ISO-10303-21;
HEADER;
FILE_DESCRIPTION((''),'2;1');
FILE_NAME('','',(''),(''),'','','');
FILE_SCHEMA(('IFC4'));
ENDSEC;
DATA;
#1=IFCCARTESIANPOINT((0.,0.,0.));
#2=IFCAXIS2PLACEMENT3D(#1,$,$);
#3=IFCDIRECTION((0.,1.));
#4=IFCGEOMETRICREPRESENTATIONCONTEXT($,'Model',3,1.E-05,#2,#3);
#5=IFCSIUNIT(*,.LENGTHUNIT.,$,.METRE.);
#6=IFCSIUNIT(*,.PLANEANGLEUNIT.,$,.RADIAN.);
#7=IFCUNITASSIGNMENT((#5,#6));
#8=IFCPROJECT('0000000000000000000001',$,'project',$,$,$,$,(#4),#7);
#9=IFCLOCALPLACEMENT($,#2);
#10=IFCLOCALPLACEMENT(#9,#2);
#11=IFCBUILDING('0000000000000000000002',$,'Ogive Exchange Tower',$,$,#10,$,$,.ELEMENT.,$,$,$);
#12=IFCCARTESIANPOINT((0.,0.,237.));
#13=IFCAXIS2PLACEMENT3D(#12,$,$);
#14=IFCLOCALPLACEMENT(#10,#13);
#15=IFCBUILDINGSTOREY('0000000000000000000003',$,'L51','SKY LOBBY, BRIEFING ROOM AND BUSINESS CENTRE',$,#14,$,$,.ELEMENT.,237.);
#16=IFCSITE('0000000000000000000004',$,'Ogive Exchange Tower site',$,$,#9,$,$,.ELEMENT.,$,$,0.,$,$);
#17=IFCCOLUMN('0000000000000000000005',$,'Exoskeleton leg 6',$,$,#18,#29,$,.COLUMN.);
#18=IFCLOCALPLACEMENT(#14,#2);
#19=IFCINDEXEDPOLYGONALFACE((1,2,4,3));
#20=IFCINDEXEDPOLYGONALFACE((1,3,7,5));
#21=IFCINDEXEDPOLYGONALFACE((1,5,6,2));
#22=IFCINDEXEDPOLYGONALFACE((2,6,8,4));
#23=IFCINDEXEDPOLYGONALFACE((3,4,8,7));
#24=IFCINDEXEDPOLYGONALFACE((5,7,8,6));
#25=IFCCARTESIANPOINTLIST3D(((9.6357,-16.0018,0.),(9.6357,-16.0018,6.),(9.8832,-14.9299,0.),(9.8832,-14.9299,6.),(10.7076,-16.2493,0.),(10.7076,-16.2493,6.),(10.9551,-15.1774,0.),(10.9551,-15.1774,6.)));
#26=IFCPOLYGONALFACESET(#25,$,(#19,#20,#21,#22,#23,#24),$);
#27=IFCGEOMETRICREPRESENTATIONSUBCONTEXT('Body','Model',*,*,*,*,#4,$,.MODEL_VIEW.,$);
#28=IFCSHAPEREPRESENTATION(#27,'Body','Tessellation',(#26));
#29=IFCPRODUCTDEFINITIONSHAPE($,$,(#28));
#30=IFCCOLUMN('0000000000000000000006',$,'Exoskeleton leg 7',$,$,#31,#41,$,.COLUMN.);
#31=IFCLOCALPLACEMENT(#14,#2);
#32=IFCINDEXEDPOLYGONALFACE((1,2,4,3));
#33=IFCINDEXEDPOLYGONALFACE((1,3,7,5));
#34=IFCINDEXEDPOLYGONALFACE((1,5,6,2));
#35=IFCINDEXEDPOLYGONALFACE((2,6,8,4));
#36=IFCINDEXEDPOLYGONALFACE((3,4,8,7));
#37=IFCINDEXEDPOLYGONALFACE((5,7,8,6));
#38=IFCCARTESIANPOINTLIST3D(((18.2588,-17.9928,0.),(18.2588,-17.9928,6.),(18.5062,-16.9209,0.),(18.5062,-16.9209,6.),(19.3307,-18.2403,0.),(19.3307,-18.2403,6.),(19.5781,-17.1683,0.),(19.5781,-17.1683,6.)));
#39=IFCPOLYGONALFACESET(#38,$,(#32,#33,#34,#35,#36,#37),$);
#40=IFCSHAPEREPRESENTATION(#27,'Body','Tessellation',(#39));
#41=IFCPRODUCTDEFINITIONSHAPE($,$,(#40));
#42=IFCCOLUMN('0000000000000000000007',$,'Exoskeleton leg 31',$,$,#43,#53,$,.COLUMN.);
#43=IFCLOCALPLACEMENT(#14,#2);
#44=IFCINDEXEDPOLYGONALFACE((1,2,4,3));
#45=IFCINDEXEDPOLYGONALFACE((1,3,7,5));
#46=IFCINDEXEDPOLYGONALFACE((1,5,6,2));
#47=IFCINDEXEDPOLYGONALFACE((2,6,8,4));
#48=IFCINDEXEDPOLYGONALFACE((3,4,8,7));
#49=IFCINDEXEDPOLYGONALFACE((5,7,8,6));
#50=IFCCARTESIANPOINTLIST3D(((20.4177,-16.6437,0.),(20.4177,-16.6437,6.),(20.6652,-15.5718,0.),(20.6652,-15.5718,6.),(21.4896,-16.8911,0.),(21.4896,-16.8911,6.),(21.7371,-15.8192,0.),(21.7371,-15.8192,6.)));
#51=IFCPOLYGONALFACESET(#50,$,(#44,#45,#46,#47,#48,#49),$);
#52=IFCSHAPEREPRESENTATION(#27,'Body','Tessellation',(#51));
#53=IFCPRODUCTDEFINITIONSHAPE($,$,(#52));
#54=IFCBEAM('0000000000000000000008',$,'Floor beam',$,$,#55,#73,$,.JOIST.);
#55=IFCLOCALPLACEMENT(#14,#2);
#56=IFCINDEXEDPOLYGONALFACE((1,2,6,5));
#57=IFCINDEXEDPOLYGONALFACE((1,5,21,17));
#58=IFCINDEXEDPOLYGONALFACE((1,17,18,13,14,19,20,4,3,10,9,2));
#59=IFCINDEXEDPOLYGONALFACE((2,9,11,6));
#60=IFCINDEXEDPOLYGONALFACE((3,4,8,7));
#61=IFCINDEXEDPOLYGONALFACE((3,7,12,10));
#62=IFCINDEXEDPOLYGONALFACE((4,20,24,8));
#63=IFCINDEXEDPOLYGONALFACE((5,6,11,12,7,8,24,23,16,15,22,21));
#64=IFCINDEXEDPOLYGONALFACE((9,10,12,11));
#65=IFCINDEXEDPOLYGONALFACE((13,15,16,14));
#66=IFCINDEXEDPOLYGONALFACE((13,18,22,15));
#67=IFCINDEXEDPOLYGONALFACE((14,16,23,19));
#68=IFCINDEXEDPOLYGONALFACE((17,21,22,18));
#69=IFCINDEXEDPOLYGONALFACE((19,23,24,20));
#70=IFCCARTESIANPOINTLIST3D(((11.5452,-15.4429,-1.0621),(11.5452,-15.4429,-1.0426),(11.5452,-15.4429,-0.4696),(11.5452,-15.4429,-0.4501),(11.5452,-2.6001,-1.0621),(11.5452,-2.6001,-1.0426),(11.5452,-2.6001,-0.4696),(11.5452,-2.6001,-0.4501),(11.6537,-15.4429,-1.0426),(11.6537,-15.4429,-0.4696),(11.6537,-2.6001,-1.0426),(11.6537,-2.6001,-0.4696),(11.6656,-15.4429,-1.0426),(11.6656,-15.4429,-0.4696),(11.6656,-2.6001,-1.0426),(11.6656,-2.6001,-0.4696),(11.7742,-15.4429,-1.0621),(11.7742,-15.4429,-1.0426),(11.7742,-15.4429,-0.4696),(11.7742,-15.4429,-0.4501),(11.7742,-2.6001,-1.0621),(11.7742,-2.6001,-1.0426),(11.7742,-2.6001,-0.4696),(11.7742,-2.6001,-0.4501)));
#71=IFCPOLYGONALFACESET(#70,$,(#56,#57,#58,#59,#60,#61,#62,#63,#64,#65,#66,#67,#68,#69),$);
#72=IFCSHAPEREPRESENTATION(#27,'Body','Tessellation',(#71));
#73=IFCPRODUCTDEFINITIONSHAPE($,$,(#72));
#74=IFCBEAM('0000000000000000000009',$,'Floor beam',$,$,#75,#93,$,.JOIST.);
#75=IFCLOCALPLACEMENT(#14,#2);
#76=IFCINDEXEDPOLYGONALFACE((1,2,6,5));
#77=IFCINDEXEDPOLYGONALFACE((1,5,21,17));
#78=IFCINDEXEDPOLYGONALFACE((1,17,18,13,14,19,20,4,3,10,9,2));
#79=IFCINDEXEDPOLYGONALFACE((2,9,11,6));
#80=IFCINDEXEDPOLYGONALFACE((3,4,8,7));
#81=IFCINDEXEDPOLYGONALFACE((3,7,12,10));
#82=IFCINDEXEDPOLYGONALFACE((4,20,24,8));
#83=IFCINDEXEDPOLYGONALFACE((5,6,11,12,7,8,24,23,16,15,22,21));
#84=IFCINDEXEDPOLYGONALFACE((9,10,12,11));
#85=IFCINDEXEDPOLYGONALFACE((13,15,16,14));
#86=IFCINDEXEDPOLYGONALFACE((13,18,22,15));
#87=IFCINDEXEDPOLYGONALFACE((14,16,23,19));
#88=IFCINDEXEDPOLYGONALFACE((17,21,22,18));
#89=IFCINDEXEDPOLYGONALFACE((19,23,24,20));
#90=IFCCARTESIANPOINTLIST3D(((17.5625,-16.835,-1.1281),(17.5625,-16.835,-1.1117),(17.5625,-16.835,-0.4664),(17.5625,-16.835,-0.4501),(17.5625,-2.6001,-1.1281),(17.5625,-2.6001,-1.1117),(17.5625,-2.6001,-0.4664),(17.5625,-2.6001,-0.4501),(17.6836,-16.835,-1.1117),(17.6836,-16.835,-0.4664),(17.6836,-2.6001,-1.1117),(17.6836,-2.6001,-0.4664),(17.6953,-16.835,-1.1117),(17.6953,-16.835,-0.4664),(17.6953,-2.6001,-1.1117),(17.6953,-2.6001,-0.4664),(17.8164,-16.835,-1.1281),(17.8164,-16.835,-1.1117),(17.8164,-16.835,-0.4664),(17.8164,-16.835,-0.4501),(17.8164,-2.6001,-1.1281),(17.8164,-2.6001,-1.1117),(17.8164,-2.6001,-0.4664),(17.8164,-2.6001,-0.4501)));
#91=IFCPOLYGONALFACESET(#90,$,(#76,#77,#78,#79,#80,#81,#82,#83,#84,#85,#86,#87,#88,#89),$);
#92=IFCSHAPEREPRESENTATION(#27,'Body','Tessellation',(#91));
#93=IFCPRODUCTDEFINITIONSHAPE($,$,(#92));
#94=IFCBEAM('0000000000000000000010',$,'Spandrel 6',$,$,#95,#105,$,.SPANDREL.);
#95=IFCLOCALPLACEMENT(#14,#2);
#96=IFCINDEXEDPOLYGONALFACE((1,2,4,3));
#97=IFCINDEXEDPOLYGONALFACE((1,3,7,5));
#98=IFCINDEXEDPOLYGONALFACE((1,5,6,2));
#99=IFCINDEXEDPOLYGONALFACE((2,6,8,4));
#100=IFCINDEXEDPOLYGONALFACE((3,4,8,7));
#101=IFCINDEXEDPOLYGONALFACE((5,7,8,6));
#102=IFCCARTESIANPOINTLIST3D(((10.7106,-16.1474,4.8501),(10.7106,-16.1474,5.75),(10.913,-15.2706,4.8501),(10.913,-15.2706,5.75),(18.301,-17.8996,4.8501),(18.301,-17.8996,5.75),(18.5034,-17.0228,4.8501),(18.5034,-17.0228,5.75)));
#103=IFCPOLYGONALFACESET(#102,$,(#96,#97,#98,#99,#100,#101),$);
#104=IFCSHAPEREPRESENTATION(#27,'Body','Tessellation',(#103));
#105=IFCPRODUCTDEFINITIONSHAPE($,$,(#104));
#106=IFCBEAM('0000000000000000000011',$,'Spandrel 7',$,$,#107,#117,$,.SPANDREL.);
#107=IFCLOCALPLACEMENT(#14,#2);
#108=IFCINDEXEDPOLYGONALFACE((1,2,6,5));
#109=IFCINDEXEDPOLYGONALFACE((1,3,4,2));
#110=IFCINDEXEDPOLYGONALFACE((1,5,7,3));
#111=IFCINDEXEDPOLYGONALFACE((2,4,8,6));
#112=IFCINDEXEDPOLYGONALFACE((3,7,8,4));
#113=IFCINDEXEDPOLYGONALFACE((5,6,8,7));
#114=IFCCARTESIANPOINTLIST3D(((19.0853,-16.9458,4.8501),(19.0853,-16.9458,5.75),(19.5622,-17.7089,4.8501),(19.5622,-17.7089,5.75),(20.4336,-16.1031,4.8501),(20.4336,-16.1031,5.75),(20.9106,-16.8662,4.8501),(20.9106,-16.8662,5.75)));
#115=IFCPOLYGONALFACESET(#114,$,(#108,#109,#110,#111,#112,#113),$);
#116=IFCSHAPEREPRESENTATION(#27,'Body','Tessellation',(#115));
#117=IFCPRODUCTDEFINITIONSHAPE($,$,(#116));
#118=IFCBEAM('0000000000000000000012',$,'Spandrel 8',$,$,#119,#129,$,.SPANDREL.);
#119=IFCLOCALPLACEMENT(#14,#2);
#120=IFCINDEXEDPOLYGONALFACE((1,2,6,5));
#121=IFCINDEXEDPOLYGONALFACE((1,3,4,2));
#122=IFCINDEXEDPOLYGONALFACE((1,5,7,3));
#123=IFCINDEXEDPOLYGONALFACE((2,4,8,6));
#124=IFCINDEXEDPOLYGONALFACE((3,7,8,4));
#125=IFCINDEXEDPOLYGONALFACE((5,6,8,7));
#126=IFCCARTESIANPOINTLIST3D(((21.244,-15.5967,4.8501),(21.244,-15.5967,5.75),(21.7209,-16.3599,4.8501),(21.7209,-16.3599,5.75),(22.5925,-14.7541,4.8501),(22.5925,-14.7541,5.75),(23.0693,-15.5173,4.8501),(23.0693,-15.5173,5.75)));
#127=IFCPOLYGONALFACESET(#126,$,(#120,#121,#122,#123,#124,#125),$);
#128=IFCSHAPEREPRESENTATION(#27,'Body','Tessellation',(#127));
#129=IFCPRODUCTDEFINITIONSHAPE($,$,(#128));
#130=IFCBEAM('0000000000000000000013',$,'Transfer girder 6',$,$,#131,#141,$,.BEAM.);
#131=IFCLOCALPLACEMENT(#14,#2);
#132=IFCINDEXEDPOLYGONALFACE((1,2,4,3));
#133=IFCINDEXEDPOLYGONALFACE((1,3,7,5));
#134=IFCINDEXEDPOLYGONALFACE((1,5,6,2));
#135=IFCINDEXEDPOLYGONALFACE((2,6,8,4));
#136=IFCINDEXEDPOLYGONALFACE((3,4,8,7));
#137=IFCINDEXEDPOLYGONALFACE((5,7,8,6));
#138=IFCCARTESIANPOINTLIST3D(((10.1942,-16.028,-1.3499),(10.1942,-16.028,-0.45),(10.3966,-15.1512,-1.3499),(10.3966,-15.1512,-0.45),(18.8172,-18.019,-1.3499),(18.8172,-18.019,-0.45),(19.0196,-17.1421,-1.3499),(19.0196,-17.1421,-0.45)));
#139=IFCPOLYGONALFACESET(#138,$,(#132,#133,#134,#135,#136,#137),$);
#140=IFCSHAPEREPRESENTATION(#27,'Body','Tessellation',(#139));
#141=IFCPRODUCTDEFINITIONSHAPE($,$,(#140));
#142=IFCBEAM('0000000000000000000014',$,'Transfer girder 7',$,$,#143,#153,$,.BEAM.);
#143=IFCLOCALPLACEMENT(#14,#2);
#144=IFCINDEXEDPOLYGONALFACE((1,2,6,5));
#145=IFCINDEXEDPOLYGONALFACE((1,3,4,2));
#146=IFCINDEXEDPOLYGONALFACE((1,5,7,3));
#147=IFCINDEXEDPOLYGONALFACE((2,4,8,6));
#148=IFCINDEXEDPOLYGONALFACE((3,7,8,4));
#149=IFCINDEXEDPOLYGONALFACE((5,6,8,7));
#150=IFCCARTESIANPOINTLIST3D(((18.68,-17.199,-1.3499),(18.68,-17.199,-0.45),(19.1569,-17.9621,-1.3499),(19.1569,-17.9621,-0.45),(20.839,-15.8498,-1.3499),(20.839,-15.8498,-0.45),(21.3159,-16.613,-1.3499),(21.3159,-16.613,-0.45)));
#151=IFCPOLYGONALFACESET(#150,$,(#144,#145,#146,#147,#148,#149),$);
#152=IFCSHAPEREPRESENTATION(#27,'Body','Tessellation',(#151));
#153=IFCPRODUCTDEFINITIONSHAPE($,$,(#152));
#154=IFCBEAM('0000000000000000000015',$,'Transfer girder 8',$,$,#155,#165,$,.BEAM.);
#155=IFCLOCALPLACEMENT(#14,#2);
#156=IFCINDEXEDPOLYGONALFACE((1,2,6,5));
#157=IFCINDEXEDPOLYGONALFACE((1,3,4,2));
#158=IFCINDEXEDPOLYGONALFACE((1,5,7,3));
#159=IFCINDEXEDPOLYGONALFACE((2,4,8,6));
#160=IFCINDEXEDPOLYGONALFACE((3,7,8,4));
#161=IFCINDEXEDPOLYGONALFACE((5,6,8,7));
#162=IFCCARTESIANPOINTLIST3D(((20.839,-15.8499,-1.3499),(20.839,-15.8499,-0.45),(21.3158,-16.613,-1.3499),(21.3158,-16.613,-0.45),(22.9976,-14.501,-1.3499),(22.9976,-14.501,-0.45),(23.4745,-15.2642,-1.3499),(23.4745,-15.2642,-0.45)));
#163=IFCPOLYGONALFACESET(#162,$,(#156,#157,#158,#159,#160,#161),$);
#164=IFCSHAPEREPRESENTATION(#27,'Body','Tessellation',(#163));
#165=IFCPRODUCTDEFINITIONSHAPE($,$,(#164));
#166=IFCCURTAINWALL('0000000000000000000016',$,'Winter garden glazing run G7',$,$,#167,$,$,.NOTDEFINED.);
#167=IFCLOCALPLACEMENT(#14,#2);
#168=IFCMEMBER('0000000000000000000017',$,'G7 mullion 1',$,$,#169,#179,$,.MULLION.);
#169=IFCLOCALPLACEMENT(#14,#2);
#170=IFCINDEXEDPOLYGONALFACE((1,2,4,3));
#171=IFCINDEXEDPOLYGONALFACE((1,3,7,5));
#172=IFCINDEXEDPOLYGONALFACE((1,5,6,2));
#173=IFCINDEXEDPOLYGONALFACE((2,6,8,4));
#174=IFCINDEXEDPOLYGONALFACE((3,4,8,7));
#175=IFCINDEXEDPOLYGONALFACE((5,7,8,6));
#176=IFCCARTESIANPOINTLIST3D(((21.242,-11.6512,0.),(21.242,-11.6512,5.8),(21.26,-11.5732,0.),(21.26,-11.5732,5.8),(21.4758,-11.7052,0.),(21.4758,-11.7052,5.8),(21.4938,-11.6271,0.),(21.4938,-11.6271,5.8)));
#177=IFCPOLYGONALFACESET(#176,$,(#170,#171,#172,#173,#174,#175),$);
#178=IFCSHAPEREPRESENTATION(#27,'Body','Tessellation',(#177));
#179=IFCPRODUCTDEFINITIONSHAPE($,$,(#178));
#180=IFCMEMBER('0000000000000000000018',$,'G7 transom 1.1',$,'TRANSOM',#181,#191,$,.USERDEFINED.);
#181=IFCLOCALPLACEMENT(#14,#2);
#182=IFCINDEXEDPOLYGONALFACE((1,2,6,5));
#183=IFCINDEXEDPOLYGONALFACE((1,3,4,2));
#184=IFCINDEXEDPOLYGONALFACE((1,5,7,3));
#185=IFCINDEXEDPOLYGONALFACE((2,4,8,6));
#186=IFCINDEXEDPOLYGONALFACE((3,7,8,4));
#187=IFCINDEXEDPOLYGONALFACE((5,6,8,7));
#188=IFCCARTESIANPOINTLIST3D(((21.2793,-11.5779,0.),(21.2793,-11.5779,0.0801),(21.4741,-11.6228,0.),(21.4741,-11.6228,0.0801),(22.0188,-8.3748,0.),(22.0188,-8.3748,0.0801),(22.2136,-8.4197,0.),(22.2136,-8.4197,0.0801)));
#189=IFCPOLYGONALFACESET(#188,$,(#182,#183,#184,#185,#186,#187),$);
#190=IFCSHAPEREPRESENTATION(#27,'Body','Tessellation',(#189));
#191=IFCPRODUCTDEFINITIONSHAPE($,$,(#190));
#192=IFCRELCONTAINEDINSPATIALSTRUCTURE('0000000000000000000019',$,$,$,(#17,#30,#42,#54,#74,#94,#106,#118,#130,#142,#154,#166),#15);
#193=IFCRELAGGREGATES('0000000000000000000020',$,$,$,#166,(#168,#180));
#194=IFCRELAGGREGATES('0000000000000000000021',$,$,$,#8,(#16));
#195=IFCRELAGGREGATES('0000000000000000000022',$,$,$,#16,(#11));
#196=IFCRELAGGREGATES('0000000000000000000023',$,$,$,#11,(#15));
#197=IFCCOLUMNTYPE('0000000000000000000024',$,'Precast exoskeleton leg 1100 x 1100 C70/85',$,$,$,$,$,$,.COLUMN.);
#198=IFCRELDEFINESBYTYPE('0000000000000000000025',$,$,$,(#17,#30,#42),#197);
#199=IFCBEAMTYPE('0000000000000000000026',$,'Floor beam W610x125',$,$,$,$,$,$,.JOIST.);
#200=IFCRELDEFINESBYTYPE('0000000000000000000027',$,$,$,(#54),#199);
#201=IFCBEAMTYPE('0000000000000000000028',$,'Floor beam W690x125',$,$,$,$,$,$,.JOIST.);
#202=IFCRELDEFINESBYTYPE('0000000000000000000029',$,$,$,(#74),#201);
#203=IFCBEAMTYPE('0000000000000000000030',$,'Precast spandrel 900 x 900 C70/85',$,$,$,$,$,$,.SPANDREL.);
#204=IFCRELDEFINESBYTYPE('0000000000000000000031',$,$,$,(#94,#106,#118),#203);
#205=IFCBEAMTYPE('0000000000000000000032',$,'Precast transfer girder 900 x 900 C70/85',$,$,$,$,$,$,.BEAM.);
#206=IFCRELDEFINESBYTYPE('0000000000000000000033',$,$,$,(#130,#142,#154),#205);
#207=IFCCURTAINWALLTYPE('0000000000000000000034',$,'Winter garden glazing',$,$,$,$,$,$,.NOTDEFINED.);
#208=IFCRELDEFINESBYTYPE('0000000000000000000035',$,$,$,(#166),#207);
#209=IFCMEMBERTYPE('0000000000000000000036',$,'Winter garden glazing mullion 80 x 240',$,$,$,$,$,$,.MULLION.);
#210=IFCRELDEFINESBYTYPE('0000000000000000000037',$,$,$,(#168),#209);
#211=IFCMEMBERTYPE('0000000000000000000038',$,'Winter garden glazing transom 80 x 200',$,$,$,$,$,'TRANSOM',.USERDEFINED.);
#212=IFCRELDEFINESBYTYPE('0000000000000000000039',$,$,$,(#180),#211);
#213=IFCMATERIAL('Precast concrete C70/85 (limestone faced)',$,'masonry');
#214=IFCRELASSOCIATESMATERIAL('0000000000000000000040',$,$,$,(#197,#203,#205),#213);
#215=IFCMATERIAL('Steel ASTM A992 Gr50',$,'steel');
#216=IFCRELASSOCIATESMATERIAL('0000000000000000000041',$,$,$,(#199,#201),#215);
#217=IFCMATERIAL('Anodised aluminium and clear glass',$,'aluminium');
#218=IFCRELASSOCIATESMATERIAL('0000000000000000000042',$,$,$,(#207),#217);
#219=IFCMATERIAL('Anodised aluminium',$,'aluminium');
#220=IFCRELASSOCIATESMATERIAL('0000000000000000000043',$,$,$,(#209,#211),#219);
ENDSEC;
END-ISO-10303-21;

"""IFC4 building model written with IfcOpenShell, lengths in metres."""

from ifc_helpers import new_model, si_unit, direction, frame, origin, origin_2d, place, context, subcontext, project, spatial, rectangle, i_section, extrude, material, material_profile, profile_set, type_object, element, aggregate, save


model = new_model("IFC4")

# Units and contexts
model_context = context("Model", 3, precision=1e-05, world=origin(), true_north=direction((0.0, 1.0)))
body_context = subcontext(model_context, "Body", "Model", "MODEL_VIEW")
ifc_project = project(units=[si_unit("LENGTHUNIT", "METRE"), si_unit("PLANEANGLEUNIT", "RADIAN")], contexts=[model_context])

# Site, building, storey
site_placement = place(None, origin())
site = spatial("IfcSite", under=ifc_project, at=site_placement, Name="Ogive Exchange Tower site", CompositionType="ELEMENT", RefElevation=0.0)
building_placement = place(site_placement, origin())
building = spatial("IfcBuilding", under=site, at=building_placement, Name="Ogive Exchange Tower", CompositionType="ELEMENT")
storey_placement = place(building_placement, frame((0.0, 0.0, 237.0)))
storey = spatial("IfcBuildingStorey", under=building, at=storey_placement, Name="L51", Description="SKY LOBBY, BRIEFING ROOM AND BUSINESS CENTRE", CompositionType="ELEMENT", Elevation=237.0)

# Columns
ifc_material_1 = material(Name="Precast concrete C70/85 (limestone faced)", Category="masonry")
ifc_material_profile_1 = material_profile(ifc_material_1, rectangle(XDim=1.1001, YDim=1.1001, at=origin_2d()), Name="1100 x 1100")
ifc_profile_set_1 = profile_set([ifc_material_profile_1], Name="Precast concrete C70/85 (limestone faced)")
column_type = type_object("IfcColumnType", Name="Precast exoskeleton leg 1100 x 1100 C70/85", PredefinedType="COLUMN", material=ifc_profile_set_1)
for number, where, z_axis, x_axis, name in (
    (1, (10.2954, -15.5896, 0.0), (0.0, 0.0, 1.0), (0.97437, -0.224951, 0.0), "Exoskeleton leg 6"),
    (2, (18.9185, -17.5806, 0.0), (0.0, 0.0, 1.0), (0.97437, -0.224951, 0.0), "Exoskeleton leg 7"),
    (3, (21.0774, -16.2314, 0.0), (0.0, 0.0, 1.0), (0.97437, -0.224951, 0.0), "Exoskeleton leg 31"),
):
    element("IfcColumn", number, at=place(storey_placement, frame(where, z_axis=z_axis, x_axis=x_axis)), inside=storey, type_object=column_type, Name=name, PredefinedType="COLUMN", context=body_context, shape_type="SweptSolid", body=[
        extrude(rectangle(XDim=1.1001, YDim=1.1001, at=origin_2d()), origin(), (0.0, 0.0, 1.0), 6.0),
    ])

# Beams
ifc_material_2 = material(Name="Steel ASTM A992 Gr50", Category="steel")
ifc_material_profile_2 = material_profile(ifc_material_2, i_section(OverallWidth=0.229, OverallDepth=0.6121, WebThickness=0.012, FlangeThickness=0.0195, at=origin_2d()), Name="W610x125")
ifc_profile_set_2 = profile_set([ifc_material_profile_2], Name="Steel ASTM A992 Gr50")
beam_type_1 = type_object("IfcBeamType", Name="Floor beam W610x125", PredefinedType="JOIST", material=ifc_profile_set_2)
beam_1_placement = place(storey_placement, frame((11.6597, -15.4429, -0.7561), z_axis=(0.0, 1.0, 0.0), x_axis=(-1.0, 0.0, 0.0)))
element("IfcBeam", 4, at=beam_1_placement, inside=storey, type_object=beam_type_1, Name="Floor beam", PredefinedType="JOIST", context=body_context, shape_type="SweptSolid", body=[
    extrude(i_section(OverallWidth=0.229, OverallDepth=0.6121, WebThickness=0.012, FlangeThickness=0.0195, at=origin_2d()), origin(), (0.0, 0.0, 1.0), 12.8428),
])
ifc_material_profile_3 = material_profile(ifc_material_2, i_section(OverallWidth=0.2539, OverallDepth=0.678, WebThickness=0.0117, FlangeThickness=0.0164, at=origin_2d()), Name="W690x125")
ifc_profile_set_3 = profile_set([ifc_material_profile_3], Name="Steel ASTM A992 Gr50")
beam_type_2 = type_object("IfcBeamType", Name="Floor beam W690x125", PredefinedType="JOIST", material=ifc_profile_set_3)
beam_2_placement = place(storey_placement, frame((17.6895, -16.835, -0.7891), z_axis=(0.0, 1.0, 0.0), x_axis=(-1.0, 0.0, 0.0)))
element("IfcBeam", 5, at=beam_2_placement, inside=storey, type_object=beam_type_2, Name="Floor beam", PredefinedType="JOIST", context=body_context, shape_type="SweptSolid", body=[
    extrude(i_section(OverallWidth=0.2539, OverallDepth=0.678, WebThickness=0.0117, FlangeThickness=0.0164, at=origin_2d()), origin(), (0.0, 0.0, 1.0), 14.2349),
])
ifc_material_profile_4 = material_profile(ifc_material_1, rectangle(XDim=0.8999, YDim=0.8999, at=origin_2d()), Name="900 x 900")
ifc_profile_set_4 = profile_set([ifc_material_profile_4], Name="Precast concrete C70/85 (limestone faced)")
beam_type_3 = type_object("IfcBeamType", Name="Precast spandrel 900 x 900 C70/85", PredefinedType="SPANDREL", material=ifc_profile_set_4)
beam_3_placement = place(storey_placement, frame((10.8118, -15.709, 5.3), z_axis=(0.974375, -0.22493, 0.0), x_axis=(0.22493, 0.974375, 0.0)))
element("IfcBeam", 6, at=beam_3_placement, inside=storey, type_object=beam_type_3, Name="Spandrel 6", PredefinedType="SPANDREL", context=body_context, shape_type="SweptSolid", body=[
    extrude(rectangle(XDim=0.8999, YDim=0.8999, at=origin_2d()), origin(), (0.0, 0.0, 1.0), 7.79),
])
for number, where, z_axis, x_axis, name in (
    (7, (19.3237, -17.3274, 5.3), (0.84799, 0.530013, 0.0), (-0.530013, 0.84799, 0.0), "Spandrel 7"),
    (8, (21.4824, -15.9783, 5.3), (0.848059, 0.529902, 0.0), (-0.529902, 0.848059, 0.0), "Spandrel 8"),
):
    element("IfcBeam", number, at=place(storey_placement, frame(where, z_axis=z_axis, x_axis=x_axis)), inside=storey, type_object=beam_type_3, Name=name, PredefinedType="SPANDREL", context=body_context, shape_type="SweptSolid", body=[
        extrude(rectangle(XDim=0.8999, YDim=0.8999, at=origin_2d()), origin(), (0.0, 0.0, 1.0), 1.5901),
    ])
ifc_material_profile_5 = material_profile(ifc_material_1, rectangle(XDim=0.8999, YDim=0.8999, at=origin_2d()), Name="900 x 900")
ifc_profile_set_5 = profile_set([ifc_material_profile_5], Name="Precast concrete C70/85 (limestone faced)")
beam_type_4 = type_object("IfcBeamType", Name="Precast transfer girder 900 x 900 C70/85", PredefinedType="BEAM", material=ifc_profile_set_5)
beam_4_placement = place(storey_placement, frame((10.2954, -15.5896, -0.8999), z_axis=(0.974366, -0.22497, 0.0), x_axis=(0.22497, 0.974366, 0.0)))
element("IfcBeam", 9, at=beam_4_placement, inside=storey, type_object=beam_type_4, Name="Transfer girder 6", PredefinedType="BEAM", context=body_context, shape_type="SweptSolid", body=[
    extrude(rectangle(XDim=0.8999, YDim=0.8999, at=origin_2d()), origin(), (0.0, 0.0, 1.0), 8.8499),
])
beam_5_placement = place(storey_placement, frame((18.9185, -17.5806, -0.8999), z_axis=(0.848036, 0.529939, 0.0), x_axis=(-0.529939, 0.848036, 0.0)))
element("IfcBeam", 10, at=beam_5_placement, inside=storey, type_object=beam_type_4, Name="Transfer girder 7", PredefinedType="BEAM", context=body_context, shape_type="SweptSolid", body=[
    extrude(rectangle(XDim=0.8999, YDim=0.8999, at=origin_2d()), origin(), (0.0, 0.0, 1.0), 2.5459),
])
beam_6_placement = place(storey_placement, frame((21.0774, -16.2314, -0.8999), z_axis=(0.848052, 0.529913, 0.0), x_axis=(-0.529913, 0.848052, 0.0)))
element("IfcBeam", 11, at=beam_6_placement, inside=storey, type_object=beam_type_4, Name="Transfer girder 8", PredefinedType="BEAM", context=body_context, shape_type="SweptSolid", body=[
    extrude(rectangle(XDim=0.8999, YDim=0.8999, at=origin_2d()), origin(), (0.0, 0.0, 1.0), 2.5454),
])

# Curtain wall, members
ifc_material_3 = material(Name="Anodised aluminium and clear glass", Category="aluminium")
curtain_wall_type = type_object("IfcCurtainWallType", Name="Winter garden glazing", PredefinedType="NOTDEFINED", material=ifc_material_3)
curtain_wall_placement = place(storey_placement, origin())
curtain_wall = element("IfcCurtainWall", 12, at=curtain_wall_placement, inside=storey, type_object=curtain_wall_type, Name="Winter garden glazing run G7", PredefinedType="NOTDEFINED")
ifc_material_4 = material(Name="Anodised aluminium", Category="aluminium")
ifc_material_profile_6 = material_profile(ifc_material_4, rectangle(XDim=0.24, YDim=0.0801, at=origin_2d()), Name="AL 80x240")
ifc_profile_set_6 = profile_set([ifc_material_profile_6], Name="Anodised aluminium")
member_type_1 = type_object("IfcMemberType", Name="Winter garden glazing mullion 80 x 240", PredefinedType="MULLION", material=ifc_profile_set_6)
member_1_placement = place(storey_placement, frame((21.3679, -11.6392, 0.0), z_axis=(0.0, 0.0, 1.0), x_axis=(-0.97437, 0.224952, 0.0)))
member_1 = element("IfcMember", 13, at=member_1_placement, type_object=member_type_1, Name="G7 mullion 1", PredefinedType="MULLION", context=body_context, shape_type="SweptSolid", body=[
    extrude(rectangle(XDim=0.24, YDim=0.0801, at=origin_2d()), origin(), (0.0, 0.0, 1.0), 5.8),
])
ifc_material_profile_7 = material_profile(ifc_material_4, rectangle(XDim=0.2, YDim=0.0801, at=origin_2d()), Name="AL 80x200")
ifc_profile_set_7 = profile_set([ifc_material_profile_7], Name="Anodised aluminium")
member_type_2 = type_object("IfcMemberType", Name="Winter garden glazing transom 80 x 200", ElementType="TRANSOM", PredefinedType="USERDEFINED", material=ifc_profile_set_7)
member_2_placement = place(storey_placement, frame((21.3767, -11.6003, 0.04), z_axis=(0.224952, 0.97437, 0.0), x_axis=(-0.97437, 0.224952, 0.0)))
member_2 = element("IfcMember", 14, at=member_2_placement, type_object=member_type_2, Name="G7 transom 1.1", ObjectType="TRANSOM", PredefinedType="USERDEFINED", context=body_context, shape_type="SweptSolid", body=[
    extrude(rectangle(XDim=0.2, YDim=0.0801, at=origin_2d()), origin(), (0.0, 0.0, 1.0), 3.2874),
])
aggregate(curtain_wall, [member_1, member_2])

save(model, "model.ifc")
